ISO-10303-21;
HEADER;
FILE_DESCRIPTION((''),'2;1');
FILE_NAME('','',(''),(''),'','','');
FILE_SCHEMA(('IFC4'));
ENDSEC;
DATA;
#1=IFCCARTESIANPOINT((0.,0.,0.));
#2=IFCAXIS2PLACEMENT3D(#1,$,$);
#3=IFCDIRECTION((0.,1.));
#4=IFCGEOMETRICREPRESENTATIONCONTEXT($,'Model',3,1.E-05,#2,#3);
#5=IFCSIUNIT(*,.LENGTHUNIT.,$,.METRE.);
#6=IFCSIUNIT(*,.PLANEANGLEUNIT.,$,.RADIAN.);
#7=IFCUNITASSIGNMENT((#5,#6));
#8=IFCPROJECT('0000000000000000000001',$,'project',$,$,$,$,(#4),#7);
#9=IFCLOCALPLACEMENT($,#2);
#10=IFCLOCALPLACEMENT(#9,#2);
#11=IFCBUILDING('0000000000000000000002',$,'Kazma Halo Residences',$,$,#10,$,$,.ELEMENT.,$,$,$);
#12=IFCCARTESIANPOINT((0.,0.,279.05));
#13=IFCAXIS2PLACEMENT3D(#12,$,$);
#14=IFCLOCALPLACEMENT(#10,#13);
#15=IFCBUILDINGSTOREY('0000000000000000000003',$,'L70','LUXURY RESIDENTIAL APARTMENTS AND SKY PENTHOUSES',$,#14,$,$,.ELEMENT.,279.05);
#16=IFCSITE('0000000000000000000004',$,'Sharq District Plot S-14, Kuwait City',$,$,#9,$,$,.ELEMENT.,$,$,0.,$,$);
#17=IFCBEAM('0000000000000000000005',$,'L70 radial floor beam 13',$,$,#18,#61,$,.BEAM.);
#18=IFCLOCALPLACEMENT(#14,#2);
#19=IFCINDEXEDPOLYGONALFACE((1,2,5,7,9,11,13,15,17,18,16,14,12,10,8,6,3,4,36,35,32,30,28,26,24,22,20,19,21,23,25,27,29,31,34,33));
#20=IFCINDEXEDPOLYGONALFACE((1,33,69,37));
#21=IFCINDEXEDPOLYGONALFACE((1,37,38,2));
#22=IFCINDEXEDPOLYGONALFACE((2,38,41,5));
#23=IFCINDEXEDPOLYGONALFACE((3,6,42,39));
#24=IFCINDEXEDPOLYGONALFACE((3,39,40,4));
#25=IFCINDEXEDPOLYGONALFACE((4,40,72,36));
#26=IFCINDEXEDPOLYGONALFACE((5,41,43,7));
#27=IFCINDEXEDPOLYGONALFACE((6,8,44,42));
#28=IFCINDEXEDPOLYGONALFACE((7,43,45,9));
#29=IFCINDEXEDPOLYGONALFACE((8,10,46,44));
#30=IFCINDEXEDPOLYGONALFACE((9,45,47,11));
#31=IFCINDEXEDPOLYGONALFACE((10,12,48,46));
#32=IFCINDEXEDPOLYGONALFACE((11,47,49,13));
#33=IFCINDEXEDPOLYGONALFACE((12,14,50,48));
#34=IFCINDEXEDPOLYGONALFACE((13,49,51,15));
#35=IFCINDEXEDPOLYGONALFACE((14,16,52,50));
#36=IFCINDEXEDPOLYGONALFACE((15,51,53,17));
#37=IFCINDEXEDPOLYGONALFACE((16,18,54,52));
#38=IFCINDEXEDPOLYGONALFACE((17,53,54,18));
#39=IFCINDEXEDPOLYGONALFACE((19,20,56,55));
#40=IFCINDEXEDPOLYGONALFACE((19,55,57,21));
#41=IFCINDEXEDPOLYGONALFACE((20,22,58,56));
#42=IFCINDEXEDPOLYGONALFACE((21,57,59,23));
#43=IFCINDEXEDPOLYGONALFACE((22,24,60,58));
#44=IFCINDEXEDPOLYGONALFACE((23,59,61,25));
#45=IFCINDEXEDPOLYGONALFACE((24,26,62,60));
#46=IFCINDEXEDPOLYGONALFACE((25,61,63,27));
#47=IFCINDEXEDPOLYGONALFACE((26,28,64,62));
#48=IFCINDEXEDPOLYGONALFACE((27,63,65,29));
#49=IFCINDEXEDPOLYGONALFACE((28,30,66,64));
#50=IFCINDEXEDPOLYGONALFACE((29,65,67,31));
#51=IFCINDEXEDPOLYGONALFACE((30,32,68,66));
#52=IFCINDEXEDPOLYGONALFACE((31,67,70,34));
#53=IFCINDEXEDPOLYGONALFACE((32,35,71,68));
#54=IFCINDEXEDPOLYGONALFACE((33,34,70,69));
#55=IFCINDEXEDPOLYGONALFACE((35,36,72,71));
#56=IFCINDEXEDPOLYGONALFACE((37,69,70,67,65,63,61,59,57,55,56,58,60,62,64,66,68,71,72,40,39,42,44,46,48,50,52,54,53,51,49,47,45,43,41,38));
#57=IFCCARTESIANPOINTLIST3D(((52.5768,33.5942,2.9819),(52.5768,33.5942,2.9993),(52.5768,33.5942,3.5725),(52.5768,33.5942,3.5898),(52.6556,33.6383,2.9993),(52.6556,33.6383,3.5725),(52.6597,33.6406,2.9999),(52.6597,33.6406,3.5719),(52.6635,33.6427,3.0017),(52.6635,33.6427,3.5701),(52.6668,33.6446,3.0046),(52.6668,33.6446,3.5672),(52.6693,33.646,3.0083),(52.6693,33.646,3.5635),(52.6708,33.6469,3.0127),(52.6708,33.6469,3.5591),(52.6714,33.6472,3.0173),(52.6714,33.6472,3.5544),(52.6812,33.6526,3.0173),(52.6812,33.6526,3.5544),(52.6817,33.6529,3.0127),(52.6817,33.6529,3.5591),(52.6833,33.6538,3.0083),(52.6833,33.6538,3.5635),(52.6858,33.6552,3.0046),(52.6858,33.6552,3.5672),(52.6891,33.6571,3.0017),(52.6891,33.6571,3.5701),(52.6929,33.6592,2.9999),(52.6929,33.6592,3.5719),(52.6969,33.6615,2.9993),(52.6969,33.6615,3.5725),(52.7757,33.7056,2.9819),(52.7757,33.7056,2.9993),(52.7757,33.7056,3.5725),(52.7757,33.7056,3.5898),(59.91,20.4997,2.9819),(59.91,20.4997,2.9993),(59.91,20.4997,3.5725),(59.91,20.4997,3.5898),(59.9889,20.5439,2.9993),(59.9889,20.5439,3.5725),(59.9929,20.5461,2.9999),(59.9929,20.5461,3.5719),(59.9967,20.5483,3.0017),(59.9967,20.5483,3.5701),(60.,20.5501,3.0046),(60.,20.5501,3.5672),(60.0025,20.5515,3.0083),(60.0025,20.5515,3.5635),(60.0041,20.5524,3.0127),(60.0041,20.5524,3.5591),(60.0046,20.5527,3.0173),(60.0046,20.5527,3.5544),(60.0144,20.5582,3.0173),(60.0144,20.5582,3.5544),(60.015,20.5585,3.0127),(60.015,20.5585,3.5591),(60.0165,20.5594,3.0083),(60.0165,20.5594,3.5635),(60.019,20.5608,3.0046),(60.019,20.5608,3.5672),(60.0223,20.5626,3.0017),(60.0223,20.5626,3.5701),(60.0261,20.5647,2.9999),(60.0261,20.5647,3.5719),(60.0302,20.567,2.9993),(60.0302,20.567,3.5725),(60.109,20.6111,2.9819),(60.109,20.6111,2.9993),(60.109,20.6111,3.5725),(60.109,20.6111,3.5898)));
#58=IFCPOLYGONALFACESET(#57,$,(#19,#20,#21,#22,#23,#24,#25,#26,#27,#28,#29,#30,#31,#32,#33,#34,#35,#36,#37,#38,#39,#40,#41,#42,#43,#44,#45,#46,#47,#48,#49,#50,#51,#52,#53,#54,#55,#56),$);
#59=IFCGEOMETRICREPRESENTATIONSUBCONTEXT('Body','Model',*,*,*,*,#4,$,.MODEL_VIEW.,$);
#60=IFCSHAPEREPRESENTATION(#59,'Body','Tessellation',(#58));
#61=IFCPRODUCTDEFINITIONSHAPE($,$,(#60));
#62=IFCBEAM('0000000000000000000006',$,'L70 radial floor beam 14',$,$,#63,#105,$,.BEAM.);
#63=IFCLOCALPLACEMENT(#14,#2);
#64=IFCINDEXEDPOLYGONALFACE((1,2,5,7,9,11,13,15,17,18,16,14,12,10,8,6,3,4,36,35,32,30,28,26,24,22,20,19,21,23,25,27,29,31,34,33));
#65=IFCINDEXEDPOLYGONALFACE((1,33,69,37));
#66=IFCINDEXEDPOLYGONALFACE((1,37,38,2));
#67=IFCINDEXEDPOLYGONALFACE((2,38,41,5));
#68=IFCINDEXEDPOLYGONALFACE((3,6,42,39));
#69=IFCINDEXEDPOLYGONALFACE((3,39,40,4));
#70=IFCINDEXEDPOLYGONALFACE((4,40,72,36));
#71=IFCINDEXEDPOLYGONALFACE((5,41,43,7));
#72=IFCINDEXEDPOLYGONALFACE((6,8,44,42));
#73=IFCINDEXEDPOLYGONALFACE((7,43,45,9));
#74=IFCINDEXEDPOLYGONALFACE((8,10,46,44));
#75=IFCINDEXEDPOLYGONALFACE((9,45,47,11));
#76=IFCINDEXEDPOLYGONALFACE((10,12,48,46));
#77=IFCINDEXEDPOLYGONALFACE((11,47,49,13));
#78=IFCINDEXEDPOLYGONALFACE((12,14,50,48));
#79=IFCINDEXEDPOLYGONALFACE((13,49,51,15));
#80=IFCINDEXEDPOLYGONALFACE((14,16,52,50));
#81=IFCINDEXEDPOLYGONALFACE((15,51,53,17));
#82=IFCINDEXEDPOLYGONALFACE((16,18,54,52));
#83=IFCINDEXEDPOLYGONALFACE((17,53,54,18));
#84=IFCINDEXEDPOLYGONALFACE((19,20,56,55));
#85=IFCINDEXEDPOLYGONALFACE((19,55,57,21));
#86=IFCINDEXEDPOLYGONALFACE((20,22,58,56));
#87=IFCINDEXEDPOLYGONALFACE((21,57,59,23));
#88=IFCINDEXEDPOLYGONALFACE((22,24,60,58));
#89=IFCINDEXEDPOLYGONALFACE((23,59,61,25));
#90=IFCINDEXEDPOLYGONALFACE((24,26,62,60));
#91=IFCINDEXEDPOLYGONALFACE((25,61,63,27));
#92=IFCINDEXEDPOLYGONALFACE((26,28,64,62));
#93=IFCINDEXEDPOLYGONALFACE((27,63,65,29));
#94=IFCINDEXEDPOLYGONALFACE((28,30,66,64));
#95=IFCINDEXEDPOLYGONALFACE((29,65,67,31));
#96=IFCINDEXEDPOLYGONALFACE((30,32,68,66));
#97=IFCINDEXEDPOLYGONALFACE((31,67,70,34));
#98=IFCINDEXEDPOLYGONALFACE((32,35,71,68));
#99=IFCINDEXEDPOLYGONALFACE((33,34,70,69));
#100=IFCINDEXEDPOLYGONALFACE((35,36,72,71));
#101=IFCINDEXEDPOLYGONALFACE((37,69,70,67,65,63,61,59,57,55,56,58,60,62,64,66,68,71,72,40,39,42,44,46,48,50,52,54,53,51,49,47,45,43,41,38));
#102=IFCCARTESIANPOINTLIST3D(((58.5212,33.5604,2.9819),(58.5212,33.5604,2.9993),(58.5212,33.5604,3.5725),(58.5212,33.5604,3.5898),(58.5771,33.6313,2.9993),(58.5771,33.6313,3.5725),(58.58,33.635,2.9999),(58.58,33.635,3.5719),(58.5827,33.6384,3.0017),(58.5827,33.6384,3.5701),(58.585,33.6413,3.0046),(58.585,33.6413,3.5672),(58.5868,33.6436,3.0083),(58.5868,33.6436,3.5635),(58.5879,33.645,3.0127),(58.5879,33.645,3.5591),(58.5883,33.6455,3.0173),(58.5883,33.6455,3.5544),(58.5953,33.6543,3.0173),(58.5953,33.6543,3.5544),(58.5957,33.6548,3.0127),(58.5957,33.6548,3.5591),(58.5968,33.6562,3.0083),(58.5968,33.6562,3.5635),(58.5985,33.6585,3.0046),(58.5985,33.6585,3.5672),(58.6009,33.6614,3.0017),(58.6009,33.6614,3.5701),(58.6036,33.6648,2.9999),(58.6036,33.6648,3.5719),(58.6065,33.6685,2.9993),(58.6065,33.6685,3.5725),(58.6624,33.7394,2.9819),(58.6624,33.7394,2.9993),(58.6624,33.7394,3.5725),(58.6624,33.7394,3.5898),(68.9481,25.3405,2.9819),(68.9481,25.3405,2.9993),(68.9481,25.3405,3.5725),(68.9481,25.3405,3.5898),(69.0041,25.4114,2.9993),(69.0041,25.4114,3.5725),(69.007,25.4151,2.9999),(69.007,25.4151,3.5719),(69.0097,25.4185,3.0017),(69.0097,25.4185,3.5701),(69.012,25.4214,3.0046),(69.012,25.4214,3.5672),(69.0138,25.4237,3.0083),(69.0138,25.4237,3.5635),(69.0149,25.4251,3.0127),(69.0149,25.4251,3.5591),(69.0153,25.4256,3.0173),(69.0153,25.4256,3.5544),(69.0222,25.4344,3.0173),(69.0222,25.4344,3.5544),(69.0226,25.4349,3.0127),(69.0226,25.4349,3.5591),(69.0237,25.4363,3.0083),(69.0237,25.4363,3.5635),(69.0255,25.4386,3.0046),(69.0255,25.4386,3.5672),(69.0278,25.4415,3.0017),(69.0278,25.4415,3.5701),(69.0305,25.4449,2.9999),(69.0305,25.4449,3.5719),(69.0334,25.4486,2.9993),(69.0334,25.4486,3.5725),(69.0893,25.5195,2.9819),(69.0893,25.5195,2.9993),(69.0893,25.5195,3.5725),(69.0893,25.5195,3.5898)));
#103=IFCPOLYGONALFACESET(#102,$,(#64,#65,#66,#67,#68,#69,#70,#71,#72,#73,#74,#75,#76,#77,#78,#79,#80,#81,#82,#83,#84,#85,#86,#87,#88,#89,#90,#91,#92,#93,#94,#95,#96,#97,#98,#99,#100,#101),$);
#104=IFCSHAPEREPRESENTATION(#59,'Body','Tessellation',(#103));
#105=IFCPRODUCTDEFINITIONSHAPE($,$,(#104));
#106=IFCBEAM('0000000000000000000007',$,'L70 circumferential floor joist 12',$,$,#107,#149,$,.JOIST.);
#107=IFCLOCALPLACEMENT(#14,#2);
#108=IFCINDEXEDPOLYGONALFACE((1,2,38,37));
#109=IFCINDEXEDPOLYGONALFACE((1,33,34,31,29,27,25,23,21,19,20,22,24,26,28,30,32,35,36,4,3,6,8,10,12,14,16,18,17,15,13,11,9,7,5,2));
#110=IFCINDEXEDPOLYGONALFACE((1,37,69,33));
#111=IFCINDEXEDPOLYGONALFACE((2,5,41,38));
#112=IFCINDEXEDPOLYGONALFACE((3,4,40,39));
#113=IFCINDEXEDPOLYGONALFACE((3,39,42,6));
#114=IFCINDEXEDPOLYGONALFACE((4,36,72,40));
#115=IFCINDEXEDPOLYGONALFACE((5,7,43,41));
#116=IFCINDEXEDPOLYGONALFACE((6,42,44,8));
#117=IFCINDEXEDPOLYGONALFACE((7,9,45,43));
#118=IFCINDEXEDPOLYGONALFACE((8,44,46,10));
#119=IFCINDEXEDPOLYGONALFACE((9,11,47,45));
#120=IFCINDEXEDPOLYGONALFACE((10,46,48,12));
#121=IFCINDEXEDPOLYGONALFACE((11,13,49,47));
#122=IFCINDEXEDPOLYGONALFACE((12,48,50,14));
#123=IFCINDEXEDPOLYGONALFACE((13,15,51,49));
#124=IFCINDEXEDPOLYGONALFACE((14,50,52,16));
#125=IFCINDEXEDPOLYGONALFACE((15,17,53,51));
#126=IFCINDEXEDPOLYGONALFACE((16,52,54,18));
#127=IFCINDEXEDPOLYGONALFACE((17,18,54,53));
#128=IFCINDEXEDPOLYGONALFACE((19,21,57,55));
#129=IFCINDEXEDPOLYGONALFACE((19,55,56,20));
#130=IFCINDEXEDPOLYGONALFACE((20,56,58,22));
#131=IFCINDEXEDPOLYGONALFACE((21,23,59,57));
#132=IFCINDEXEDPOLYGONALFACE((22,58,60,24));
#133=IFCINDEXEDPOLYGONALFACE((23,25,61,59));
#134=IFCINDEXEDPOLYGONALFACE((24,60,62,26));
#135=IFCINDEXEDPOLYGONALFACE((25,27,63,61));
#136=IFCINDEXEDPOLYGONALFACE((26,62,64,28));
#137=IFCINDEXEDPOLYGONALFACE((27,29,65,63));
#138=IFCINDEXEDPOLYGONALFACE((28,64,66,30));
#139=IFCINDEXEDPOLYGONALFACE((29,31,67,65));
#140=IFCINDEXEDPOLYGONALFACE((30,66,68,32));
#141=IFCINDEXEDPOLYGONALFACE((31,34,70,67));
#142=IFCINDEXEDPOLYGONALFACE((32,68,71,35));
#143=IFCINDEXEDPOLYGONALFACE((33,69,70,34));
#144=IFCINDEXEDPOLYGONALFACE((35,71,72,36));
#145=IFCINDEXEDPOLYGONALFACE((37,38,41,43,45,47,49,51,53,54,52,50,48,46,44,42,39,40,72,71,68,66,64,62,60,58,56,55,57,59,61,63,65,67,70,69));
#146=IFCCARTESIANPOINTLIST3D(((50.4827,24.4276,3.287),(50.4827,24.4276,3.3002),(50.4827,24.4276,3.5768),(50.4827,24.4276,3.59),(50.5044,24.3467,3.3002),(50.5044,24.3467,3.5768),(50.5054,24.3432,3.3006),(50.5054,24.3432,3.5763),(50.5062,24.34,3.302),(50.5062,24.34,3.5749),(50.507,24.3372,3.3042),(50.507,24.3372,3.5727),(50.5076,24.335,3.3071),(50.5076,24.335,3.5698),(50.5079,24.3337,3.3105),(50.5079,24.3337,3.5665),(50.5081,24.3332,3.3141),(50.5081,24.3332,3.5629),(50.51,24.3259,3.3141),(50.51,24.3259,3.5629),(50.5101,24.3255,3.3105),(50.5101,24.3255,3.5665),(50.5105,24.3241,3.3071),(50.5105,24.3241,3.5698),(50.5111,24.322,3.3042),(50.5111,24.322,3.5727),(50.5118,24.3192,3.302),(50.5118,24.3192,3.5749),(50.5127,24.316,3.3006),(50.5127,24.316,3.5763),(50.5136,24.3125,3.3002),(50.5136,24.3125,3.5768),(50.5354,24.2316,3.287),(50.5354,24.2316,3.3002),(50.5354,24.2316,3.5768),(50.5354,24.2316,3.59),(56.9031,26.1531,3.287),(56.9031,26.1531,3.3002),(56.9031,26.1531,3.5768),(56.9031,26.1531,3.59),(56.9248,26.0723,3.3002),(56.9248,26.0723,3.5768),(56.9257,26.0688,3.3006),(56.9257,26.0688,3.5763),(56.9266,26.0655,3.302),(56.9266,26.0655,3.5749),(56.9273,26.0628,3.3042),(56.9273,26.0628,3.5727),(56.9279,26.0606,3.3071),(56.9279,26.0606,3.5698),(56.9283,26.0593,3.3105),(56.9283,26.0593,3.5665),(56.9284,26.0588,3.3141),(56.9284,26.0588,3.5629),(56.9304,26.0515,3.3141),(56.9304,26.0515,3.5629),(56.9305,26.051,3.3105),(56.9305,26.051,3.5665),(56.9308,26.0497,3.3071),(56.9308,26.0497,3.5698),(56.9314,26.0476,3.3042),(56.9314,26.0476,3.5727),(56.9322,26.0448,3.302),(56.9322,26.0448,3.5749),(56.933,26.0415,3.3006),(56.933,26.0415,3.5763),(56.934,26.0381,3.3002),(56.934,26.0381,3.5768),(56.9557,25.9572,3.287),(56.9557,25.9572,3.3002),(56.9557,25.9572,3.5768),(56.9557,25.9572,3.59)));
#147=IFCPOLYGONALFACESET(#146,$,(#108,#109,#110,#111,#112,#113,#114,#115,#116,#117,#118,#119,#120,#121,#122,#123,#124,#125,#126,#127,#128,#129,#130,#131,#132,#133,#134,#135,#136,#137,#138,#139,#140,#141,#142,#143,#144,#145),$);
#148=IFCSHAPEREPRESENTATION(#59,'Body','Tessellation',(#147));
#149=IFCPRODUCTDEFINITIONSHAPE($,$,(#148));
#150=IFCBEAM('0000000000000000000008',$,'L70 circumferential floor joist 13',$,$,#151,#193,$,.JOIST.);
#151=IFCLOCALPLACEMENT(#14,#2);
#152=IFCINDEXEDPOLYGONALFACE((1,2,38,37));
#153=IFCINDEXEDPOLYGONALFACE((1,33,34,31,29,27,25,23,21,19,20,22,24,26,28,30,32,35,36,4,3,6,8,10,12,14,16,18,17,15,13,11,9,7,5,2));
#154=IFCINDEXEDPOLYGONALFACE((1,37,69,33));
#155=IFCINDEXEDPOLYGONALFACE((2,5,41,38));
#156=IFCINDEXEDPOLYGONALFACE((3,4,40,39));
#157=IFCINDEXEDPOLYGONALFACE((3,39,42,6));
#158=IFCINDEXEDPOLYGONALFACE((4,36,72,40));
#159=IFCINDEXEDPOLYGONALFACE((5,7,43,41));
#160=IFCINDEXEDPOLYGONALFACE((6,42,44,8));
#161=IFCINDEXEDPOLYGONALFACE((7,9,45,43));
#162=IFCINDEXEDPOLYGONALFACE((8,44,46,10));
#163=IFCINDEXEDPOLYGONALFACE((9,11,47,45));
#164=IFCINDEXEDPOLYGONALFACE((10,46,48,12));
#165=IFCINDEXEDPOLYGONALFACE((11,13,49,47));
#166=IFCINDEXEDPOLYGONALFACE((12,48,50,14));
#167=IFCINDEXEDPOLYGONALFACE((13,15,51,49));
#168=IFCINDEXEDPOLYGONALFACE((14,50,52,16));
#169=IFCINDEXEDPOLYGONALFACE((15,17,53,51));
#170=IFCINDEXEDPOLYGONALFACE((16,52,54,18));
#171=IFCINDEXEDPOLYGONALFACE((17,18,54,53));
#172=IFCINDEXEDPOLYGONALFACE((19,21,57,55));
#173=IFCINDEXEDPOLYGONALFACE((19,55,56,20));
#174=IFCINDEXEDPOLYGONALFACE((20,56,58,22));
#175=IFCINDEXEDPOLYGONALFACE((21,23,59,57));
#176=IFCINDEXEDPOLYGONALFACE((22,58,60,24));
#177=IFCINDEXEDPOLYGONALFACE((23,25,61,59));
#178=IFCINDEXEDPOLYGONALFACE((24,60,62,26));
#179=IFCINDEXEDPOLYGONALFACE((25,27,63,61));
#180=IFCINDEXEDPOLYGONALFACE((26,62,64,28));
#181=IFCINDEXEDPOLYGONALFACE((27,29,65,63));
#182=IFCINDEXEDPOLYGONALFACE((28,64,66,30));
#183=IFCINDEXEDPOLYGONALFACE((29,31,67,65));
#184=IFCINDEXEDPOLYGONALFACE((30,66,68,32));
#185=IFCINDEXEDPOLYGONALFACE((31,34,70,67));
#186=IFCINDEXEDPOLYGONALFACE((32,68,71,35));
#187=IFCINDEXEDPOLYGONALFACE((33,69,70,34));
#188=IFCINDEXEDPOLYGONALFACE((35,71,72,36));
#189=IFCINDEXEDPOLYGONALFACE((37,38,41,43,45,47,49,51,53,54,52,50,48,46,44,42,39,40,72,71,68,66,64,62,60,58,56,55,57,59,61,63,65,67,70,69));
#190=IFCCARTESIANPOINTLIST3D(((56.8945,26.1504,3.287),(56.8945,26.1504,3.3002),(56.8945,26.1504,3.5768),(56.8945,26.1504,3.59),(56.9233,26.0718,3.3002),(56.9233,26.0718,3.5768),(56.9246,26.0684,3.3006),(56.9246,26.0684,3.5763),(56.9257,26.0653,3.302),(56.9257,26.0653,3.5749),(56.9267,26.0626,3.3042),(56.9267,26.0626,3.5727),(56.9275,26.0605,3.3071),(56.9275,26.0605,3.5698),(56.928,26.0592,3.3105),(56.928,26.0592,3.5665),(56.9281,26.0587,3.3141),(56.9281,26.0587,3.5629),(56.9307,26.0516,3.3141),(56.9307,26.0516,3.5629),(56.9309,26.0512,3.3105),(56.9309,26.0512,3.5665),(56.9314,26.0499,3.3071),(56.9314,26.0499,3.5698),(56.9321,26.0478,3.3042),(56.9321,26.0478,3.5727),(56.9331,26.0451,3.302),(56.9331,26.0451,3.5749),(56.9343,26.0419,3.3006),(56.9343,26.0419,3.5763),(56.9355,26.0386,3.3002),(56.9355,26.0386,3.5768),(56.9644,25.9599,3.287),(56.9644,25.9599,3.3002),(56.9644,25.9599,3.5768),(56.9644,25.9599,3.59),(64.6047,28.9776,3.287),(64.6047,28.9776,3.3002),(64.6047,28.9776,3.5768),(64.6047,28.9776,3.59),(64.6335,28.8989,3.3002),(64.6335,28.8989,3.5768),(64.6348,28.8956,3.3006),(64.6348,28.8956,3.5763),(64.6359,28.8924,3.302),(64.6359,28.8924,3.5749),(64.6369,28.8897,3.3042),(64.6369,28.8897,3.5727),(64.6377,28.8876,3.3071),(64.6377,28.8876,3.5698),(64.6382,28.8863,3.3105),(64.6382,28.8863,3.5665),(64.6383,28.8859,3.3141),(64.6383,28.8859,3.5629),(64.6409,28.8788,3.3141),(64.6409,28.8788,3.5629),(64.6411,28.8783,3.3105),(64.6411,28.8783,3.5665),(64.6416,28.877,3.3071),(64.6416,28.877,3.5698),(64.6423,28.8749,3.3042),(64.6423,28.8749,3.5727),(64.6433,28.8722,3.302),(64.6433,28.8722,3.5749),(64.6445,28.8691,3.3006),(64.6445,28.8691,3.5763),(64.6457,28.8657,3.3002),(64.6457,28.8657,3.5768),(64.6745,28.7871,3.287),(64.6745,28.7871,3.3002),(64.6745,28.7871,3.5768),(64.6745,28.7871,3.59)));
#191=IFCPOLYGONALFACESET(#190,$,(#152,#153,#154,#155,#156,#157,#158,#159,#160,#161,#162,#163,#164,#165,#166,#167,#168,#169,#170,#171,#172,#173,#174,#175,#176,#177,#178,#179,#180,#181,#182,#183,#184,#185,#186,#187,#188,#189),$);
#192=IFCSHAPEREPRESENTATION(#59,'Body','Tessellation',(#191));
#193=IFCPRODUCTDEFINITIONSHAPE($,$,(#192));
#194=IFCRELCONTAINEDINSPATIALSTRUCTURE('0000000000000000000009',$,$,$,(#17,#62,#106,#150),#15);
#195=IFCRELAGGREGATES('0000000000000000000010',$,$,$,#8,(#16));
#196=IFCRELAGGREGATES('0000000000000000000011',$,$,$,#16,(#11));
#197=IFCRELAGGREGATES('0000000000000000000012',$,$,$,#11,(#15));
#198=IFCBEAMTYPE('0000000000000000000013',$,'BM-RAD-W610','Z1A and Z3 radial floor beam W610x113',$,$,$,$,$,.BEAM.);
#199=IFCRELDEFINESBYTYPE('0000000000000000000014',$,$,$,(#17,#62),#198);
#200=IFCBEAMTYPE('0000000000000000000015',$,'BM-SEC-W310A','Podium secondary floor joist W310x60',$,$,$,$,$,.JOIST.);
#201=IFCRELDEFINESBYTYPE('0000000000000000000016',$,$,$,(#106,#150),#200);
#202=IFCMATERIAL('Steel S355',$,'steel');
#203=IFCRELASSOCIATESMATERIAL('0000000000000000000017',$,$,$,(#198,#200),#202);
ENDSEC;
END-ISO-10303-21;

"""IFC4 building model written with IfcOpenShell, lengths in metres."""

from ifc_helpers import new_model, si_unit, direction, frame, origin, origin_2d, place, context, subcontext, project, spatial, i_section, extrude, material, material_profile, profile_set, type_object, element, save


model = new_model("IFC4")

# Units and contexts
model_context = context("Model", 3, precision=1e-05, world=origin(), true_north=direction((0.0, 1.0)))
body_context = subcontext(model_context, "Body", "Model", "MODEL_VIEW")
ifc_project = project(units=[si_unit("LENGTHUNIT", "METRE"), si_unit("PLANEANGLEUNIT", "RADIAN")], contexts=[model_context])

# Site, building, storey
site_placement = place(None, origin())
site = spatial("IfcSite", under=ifc_project, at=site_placement, Name="Sharq District Plot S-14, Kuwait City", CompositionType="ELEMENT", RefElevation=0.0)
building_placement = place(site_placement, origin())
building = spatial("IfcBuilding", under=site, at=building_placement, Name="Kazma Halo Residences", CompositionType="ELEMENT")
storey_placement = place(building_placement, frame((0.0, 0.0, 279.05)))
storey = spatial("IfcBuildingStorey", under=building, at=storey_placement, Name="L70", Description="LUXURY RESIDENTIAL APARTMENTS AND SKY PENTHOUSES", CompositionType="ELEMENT", Elevation=279.05)

# Beams
ifc_material_1 = material(Name="Steel S355", Category="steel")
ifc_material_profile_1 = material_profile(ifc_material_1, i_section(OverallWidth=0.228, OverallDepth=0.6079, WebThickness=0.0112, FlangeThickness=0.0173, FilletRadius=0.0181, at=origin_2d()), Name="W610x113")
ifc_profile_set_1 = profile_set([ifc_material_profile_1], Name="Steel S355")
beam_type_1 = type_object("IfcBeamType", Name="BM-RAD-W610", Description="Z1A and Z3 radial floor beam W610x113", PredefinedType="BEAM", material=ifc_profile_set_1)
beam_1_placement = place(storey_placement, frame((52.6763, 33.6499, 3.2859), z_axis=(0.488621, -0.872496, 0.0), x_axis=(0.872496, 0.488621, 0.0)))
element("IfcBeam", 1, at=beam_1_placement, inside=storey, type_object=beam_type_1, Name="L70 radial floor beam 13", PredefinedType="BEAM", context=body_context, shape_type="SweptSolid", body=[
    extrude(i_section(OverallWidth=0.228, OverallDepth=0.6079, WebThickness=0.0112, FlangeThickness=0.0173, FilletRadius=0.0181, at=origin_2d()), origin(), (0.0, 0.0, 1.0), 15.0081),
])
beam_2_placement = place(storey_placement, frame((58.5918, 33.6499, 3.2859), z_axis=(0.785317, -0.619093, 0.0), x_axis=(0.619093, 0.785317, 0.0)))
element("IfcBeam", 2, at=beam_2_placement, inside=storey, type_object=beam_type_1, Name="L70 radial floor beam 14", PredefinedType="BEAM", context=body_context, shape_type="SweptSolid", body=[
    extrude(i_section(OverallWidth=0.228, OverallDepth=0.6079, WebThickness=0.0112, FlangeThickness=0.0173, FilletRadius=0.0181, at=origin_2d()), origin(), (0.0, 0.0, 1.0), 13.2773),
])
ifc_material_profile_2 = material_profile(ifc_material_1, i_section(OverallWidth=0.2029, OverallDepth=0.303, WebThickness=0.0076, FlangeThickness=0.0132, FilletRadius=0.0139, at=origin_2d()), Name="W310x60")
ifc_profile_set_2 = profile_set([ifc_material_profile_2], Name="Steel S355")
beam_type_2 = type_object("IfcBeamType", Name="BM-SEC-W310A", Description="Podium secondary floor joist W310x60", PredefinedType="JOIST", material=ifc_profile_set_2)
beam_3_placement = place(storey_placement, frame((50.509, 24.3296, 3.4385), z_axis=(0.965728, 0.259555, 0.0), x_axis=(-0.259555, 0.965728, 0.0)))
element("IfcBeam", 3, at=beam_3_placement, inside=storey, type_object=beam_type_2, Name="L70 circumferential floor joist 12", PredefinedType="JOIST", context=body_context, shape_type="SweptSolid", body=[
    extrude(i_section(OverallWidth=0.2029, OverallDepth=0.303, WebThickness=0.0076, FlangeThickness=0.0132, FilletRadius=0.0139, at=origin_2d()), origin(), (0.0, 0.0, 1.0), 6.6482),
])
beam_4_placement = place(storey_placement, frame((56.9294, 26.0552, 3.4385), z_axis=(0.938873, 0.344263, 0.0), x_axis=(-0.344263, 0.938873, 0.0)))
element("IfcBeam", 4, at=beam_4_placement, inside=storey, type_object=beam_type_2, Name="L70 circumferential floor joist 13", PredefinedType="JOIST", context=body_context, shape_type="SweptSolid", body=[
    extrude(i_section(OverallWidth=0.2029, OverallDepth=0.303, WebThickness=0.0076, FlangeThickness=0.0132, FilletRadius=0.0139, at=origin_2d()), origin(), (0.0, 0.0, 1.0), 8.2122),
])

save(model, "model.ifc")
